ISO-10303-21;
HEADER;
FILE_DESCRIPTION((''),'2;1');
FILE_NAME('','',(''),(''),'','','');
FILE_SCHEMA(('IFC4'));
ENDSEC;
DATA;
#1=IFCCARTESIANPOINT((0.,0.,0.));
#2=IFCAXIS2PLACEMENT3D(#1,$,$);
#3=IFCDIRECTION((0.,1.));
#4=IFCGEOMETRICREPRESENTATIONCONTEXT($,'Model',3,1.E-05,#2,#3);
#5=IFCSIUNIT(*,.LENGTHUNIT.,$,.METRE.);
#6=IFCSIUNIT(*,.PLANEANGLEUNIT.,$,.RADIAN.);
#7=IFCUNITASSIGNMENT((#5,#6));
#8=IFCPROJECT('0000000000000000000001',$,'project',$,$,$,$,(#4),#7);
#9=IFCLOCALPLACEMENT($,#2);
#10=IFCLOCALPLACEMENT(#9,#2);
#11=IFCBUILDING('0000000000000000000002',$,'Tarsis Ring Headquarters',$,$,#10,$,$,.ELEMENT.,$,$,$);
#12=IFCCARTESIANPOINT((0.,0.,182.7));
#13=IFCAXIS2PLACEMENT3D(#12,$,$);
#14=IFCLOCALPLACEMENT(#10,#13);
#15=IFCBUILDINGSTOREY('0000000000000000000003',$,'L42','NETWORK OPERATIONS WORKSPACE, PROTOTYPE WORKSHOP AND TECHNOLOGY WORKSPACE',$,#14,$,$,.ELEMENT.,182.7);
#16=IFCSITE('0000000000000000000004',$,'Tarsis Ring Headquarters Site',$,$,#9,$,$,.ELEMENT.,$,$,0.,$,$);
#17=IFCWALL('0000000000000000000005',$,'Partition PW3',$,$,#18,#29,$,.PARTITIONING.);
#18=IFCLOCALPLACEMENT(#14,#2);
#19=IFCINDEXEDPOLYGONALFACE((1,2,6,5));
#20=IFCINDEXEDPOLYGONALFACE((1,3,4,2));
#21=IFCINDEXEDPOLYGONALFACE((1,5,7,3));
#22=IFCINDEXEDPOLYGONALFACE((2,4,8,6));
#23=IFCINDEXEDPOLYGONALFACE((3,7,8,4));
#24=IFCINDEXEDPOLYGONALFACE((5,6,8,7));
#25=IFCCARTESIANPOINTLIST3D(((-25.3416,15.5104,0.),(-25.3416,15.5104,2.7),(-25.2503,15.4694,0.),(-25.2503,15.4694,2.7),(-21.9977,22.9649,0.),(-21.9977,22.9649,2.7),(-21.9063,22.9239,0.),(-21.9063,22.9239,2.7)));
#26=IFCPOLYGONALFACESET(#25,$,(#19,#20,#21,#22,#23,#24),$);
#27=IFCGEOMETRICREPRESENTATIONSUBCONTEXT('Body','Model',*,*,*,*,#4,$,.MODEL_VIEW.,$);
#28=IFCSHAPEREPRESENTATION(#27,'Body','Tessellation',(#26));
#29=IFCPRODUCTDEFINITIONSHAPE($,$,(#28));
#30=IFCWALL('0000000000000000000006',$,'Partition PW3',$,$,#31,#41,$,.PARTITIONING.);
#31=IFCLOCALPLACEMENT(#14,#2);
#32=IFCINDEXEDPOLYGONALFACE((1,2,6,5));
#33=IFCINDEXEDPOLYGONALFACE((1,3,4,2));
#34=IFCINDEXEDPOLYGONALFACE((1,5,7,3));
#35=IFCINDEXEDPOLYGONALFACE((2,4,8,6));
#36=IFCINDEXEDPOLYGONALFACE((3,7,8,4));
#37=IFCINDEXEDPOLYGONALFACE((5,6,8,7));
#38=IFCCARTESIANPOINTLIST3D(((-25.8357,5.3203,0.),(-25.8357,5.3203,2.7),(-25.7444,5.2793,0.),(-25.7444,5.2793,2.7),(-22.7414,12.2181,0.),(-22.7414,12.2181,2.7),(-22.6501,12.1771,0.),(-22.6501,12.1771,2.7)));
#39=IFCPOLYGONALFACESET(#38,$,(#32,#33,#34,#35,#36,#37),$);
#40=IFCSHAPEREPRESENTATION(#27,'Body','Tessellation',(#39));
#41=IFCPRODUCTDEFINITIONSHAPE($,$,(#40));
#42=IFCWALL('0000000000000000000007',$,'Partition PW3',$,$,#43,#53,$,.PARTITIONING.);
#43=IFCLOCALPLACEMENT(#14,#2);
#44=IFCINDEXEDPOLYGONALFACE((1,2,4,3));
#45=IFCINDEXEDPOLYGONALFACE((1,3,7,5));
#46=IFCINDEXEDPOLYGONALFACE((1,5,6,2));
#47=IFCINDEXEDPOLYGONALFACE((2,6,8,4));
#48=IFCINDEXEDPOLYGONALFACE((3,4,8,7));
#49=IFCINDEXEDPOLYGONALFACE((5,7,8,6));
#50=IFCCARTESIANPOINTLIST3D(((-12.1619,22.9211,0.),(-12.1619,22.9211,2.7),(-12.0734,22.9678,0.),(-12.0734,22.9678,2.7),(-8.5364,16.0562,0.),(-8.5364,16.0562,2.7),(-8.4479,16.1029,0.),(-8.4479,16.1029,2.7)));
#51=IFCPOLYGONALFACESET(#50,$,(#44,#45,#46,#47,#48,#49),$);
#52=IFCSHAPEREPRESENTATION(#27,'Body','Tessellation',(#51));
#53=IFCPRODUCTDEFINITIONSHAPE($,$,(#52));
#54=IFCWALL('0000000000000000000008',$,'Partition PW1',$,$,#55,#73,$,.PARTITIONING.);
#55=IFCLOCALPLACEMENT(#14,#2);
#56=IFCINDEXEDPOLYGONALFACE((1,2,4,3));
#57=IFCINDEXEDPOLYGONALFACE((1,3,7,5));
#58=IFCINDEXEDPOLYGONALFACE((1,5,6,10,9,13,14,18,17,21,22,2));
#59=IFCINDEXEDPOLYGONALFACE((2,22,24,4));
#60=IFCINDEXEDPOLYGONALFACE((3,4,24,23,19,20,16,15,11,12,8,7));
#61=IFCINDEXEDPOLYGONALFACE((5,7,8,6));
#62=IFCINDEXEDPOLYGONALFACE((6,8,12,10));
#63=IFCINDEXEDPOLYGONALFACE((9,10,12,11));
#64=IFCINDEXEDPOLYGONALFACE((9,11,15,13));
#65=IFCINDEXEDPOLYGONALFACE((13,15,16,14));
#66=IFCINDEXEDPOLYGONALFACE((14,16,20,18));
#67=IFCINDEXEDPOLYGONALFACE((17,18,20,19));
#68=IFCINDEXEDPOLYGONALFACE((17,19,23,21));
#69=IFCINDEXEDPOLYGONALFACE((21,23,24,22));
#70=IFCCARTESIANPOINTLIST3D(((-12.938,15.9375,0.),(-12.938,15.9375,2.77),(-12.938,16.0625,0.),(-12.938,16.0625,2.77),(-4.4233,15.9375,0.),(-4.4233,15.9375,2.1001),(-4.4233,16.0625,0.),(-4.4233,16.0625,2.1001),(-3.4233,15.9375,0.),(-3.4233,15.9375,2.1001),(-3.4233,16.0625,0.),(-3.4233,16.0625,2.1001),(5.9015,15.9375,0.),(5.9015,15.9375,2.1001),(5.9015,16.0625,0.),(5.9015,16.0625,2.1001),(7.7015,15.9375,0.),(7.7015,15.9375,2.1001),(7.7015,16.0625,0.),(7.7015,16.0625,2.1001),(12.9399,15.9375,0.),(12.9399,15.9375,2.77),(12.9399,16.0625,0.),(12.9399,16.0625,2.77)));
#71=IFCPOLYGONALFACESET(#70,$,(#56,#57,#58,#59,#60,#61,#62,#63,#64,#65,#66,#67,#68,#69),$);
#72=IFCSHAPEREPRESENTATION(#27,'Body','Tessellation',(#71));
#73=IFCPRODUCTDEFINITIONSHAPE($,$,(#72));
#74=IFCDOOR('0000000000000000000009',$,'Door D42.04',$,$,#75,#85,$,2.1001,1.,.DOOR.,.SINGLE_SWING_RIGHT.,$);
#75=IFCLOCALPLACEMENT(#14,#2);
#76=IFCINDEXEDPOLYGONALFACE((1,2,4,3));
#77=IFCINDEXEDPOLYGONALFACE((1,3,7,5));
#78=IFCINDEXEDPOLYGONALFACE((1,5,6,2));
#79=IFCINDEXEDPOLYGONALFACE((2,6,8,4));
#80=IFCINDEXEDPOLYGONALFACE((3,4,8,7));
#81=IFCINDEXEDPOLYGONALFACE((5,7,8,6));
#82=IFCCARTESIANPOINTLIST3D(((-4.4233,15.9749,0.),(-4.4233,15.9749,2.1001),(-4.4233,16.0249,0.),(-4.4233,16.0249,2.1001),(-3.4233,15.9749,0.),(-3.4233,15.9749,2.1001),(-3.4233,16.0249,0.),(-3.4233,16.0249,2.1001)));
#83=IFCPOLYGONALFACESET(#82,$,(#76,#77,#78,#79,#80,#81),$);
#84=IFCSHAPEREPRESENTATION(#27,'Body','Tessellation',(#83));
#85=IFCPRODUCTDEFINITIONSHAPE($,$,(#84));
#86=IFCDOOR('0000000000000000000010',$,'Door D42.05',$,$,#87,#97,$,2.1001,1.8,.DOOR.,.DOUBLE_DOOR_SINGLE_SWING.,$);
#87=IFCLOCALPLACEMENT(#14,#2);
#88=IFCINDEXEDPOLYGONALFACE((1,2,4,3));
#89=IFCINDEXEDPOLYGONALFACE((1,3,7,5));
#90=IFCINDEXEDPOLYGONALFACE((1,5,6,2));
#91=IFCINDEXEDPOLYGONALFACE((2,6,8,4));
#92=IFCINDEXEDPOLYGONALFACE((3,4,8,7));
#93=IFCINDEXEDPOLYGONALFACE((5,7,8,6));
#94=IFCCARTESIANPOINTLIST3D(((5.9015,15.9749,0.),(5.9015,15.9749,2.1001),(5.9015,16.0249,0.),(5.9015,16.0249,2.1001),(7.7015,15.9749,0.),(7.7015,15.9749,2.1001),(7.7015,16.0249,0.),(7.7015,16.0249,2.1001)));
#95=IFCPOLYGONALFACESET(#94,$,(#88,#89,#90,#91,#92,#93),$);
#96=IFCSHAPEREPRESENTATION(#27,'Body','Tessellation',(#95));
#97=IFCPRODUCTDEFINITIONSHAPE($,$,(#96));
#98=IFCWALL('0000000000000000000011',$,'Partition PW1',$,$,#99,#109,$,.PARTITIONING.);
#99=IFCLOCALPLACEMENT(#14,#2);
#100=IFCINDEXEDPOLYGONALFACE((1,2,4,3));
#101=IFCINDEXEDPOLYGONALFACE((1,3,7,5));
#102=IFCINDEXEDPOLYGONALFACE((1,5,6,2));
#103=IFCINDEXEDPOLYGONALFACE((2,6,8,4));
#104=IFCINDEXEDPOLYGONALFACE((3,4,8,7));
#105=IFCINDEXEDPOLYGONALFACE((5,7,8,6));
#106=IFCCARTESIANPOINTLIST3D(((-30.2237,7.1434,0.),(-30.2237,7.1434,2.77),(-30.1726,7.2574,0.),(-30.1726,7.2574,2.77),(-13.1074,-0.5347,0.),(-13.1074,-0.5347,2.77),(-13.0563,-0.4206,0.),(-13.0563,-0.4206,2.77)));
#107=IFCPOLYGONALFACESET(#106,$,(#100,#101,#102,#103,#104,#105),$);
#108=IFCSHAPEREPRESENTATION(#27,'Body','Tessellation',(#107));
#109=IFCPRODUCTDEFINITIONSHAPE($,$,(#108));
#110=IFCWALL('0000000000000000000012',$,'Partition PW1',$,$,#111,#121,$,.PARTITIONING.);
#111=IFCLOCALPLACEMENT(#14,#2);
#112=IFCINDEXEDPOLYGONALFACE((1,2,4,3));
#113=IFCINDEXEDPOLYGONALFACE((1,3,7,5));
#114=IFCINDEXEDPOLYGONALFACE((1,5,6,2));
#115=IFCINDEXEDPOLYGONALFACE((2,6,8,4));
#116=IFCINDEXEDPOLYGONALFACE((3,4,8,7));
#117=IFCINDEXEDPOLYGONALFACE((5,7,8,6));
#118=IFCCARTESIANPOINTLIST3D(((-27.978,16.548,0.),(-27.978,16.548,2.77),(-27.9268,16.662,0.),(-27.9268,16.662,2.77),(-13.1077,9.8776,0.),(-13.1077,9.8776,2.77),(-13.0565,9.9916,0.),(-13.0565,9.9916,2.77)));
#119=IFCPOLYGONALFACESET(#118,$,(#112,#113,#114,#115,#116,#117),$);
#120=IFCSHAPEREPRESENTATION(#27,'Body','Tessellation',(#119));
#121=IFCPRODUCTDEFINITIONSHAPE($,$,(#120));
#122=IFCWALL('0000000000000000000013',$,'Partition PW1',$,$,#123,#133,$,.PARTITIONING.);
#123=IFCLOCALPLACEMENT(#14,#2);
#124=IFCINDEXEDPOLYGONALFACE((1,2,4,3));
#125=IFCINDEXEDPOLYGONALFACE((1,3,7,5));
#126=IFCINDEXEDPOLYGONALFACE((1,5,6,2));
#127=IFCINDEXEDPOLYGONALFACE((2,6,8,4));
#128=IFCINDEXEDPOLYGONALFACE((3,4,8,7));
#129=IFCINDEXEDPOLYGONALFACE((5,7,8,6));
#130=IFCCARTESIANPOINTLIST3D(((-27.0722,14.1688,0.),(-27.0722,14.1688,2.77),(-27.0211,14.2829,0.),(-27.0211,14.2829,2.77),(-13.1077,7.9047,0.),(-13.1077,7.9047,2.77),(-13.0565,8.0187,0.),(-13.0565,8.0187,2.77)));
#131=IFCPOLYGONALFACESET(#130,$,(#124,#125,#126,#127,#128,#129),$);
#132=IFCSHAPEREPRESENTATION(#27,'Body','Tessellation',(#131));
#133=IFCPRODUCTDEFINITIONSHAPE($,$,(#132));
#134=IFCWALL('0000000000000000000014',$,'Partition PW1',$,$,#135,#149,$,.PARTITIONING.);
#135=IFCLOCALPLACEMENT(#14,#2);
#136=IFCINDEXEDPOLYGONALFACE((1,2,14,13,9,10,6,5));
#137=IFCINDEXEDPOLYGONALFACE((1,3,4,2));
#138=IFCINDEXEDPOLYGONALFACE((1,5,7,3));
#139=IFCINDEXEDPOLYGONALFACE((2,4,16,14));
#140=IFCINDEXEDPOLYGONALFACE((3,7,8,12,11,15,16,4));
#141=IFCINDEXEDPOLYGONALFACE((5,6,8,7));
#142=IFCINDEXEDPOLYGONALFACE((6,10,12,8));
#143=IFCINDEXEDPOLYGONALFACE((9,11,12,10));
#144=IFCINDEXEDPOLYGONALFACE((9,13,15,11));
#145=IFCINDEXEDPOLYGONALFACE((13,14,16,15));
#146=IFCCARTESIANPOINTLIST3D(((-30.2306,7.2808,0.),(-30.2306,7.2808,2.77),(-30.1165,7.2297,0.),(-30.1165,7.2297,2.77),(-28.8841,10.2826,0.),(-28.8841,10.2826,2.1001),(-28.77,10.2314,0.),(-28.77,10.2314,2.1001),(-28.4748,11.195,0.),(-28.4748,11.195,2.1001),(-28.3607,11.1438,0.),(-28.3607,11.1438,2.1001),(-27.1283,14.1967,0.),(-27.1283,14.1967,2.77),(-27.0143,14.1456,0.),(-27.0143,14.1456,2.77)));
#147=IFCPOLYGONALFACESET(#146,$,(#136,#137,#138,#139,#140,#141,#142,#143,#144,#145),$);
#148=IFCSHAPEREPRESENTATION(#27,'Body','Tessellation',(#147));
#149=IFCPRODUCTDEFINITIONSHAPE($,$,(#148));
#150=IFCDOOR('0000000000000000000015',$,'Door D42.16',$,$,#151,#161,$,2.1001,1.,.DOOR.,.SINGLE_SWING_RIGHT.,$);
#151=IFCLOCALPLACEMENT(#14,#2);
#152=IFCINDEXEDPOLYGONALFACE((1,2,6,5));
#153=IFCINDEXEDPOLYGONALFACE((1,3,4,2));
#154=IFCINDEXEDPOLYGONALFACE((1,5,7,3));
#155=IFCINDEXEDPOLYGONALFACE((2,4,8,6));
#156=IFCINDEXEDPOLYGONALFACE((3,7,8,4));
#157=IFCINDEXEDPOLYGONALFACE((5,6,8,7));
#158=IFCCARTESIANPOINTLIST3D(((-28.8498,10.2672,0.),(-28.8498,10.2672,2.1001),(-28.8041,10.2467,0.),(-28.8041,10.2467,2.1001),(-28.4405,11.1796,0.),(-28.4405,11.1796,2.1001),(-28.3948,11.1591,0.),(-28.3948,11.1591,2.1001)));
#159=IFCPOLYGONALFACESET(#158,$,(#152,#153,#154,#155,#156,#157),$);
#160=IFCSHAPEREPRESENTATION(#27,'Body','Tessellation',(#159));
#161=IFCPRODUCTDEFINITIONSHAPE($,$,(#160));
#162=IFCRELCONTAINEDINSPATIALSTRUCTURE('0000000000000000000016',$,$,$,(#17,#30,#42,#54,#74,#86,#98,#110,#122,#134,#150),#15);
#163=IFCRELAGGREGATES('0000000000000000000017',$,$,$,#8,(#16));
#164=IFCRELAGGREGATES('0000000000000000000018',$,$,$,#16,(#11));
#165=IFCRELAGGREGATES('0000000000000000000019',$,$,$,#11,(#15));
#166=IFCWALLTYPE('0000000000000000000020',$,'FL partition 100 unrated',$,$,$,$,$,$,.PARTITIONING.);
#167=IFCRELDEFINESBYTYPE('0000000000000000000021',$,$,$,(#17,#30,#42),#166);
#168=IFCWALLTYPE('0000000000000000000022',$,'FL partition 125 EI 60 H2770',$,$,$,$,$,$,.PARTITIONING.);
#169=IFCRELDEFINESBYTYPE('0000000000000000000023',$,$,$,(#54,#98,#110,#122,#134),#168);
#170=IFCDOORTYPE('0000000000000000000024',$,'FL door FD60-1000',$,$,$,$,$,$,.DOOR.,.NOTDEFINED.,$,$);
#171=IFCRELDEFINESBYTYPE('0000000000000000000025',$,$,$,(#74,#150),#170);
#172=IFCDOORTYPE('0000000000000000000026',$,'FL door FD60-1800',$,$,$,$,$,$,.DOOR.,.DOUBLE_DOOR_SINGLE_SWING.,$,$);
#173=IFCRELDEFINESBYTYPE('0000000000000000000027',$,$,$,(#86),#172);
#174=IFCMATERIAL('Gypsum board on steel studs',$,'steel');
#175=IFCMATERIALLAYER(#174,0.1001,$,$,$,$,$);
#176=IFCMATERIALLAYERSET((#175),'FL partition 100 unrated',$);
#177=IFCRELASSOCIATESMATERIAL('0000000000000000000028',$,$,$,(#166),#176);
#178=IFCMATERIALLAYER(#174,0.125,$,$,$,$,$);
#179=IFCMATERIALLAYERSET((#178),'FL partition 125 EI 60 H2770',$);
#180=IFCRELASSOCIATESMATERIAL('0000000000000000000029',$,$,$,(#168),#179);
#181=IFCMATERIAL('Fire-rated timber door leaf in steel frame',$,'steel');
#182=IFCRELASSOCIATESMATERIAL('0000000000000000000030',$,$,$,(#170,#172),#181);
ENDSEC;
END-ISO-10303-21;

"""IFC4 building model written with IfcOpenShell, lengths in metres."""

from ifc_helpers import new_model, si_unit, direction, frame, frame_2d, origin, place, context, subcontext, project, spatial, rectangle, extrude, material, layer, layer_set, type_object, element, fill, save


model = new_model("IFC4")

# Units and contexts
model_context = context("Model", 3, precision=1e-05, world=origin(), true_north=direction((0.0, 1.0)))
body_context = subcontext(model_context, "Body", "Model", "MODEL_VIEW")
ifc_project = project(units=[si_unit("LENGTHUNIT", "METRE"), si_unit("PLANEANGLEUNIT", "RADIAN")], contexts=[model_context])

# Site, building, storey
site_placement = place(None, origin())
site = spatial("IfcSite", under=ifc_project, at=site_placement, Name="Tarsis Ring Headquarters Site", CompositionType="ELEMENT", RefElevation=0.0)
building_placement = place(site_placement, origin())
building = spatial("IfcBuilding", under=site, at=building_placement, Name="Tarsis Ring Headquarters", CompositionType="ELEMENT")
storey_placement = place(building_placement, frame((0.0, 0.0, 182.7)))
storey = spatial("IfcBuildingStorey", under=building, at=storey_placement, Name="L42", Description="NETWORK OPERATIONS WORKSPACE, PROTOTYPE WORKSHOP AND TECHNOLOGY WORKSPACE", CompositionType="ELEMENT", Elevation=182.7)

# Walls
ifc_material_1 = material(Name="Gypsum board on steel studs", Category="steel")
ifc_layer_1 = layer(ifc_material_1, 0.1001)
ifc_layer_set_1 = layer_set([ifc_layer_1], Name="FL partition 100 unrated")
wall_type_1 = type_object("IfcWallType", Name="FL partition 100 unrated", PredefinedType="PARTITIONING", material=ifc_layer_set_1)
wall_1_placement = place(storey_placement, frame((-25.2959, 15.49, 0.0), z_axis=(0.0, 0.0, 1.0), x_axis=(0.409288, 0.912405, 0.0)))
element("IfcWall", 1, at=wall_1_placement, inside=storey, type_object=wall_type_1, Name="Partition PW3", PredefinedType="PARTITIONING", context=body_context, shape_type="SweptSolid", body=[
    extrude(rectangle(XDim=8.1702, YDim=0.1001, at=frame_2d((4.085, 0.0))), origin(), (0.0, 0.0, 1.0), 2.7),
])
wall_2_placement = place(storey_placement, frame((-25.79, 5.2998, 0.0), z_axis=(0.0, 0.0, 1.0), x_axis=(0.409294, 0.912402, 0.0)))
element("IfcWall", 2, at=wall_2_placement, inside=storey, type_object=wall_type_1, Name="Partition PW3", PredefinedType="PARTITIONING", context=body_context, shape_type="SweptSolid", body=[
    extrude(rectangle(XDim=7.5601, YDim=0.1001, at=frame_2d((3.78, 0.0))), origin(), (0.0, 0.0, 1.0), 2.7),
])
wall_3_placement = place(storey_placement, frame((-12.1177, 22.9446, 0.0), z_axis=(0.0, 0.0, 1.0), x_axis=(0.46699, -0.884262, 0.0)))
element("IfcWall", 3, at=wall_3_placement, inside=storey, type_object=wall_type_1, Name="Partition PW3", PredefinedType="PARTITIONING", context=body_context, shape_type="SweptSolid", body=[
    extrude(rectangle(XDim=7.7634, YDim=0.1001, at=frame_2d((3.8818, 0.0))), origin(), (0.0, 0.0, 1.0), 2.7),
])

# Wall, openings, doors
ifc_layer_2 = layer(ifc_material_1, 0.125)
ifc_layer_set_2 = layer_set([ifc_layer_2], Name="FL partition 125 EI 60 H2770")
wall_type_2 = type_object("IfcWallType", Name="FL partition 125 EI 60 H2770", PredefinedType="PARTITIONING", material=ifc_layer_set_2)
wall_4_placement = place(storey_placement, frame((-12.938, 16.0, 0.0), z_axis=(0.0, 0.0, 1.0), x_axis=(1.0, 0.0, 0.0)))
wall_4 = element("IfcWall", 4, at=wall_4_placement, inside=storey, type_object=wall_type_2, Name="Partition PW1", PredefinedType="PARTITIONING", context=body_context, shape_type="SweptSolid", body=[
    extrude(rectangle(XDim=25.8779, YDim=0.125, at=frame_2d((12.939, 0.0))), origin(), (0.0, 0.0, 1.0), 2.77),
])
opening_1_placement = place(wall_4_placement, frame((8.5146, 0.0, 0.0)))
opening_1 = element("IfcOpeningElement", 5, at=opening_1_placement, cuts=wall_4, PredefinedType="OPENING", context=body_context, shape_type="SweptSolid", body=[
    extrude(rectangle(XDim=1.0, YDim=2.1001, at=frame_2d((0.5, 1.05))), frame((0.0, 0.0725, 0.0), z_axis=(0.0, -1.0, 0.0), x_axis=(1.0, 0.0, 0.0)), (0.0, 0.0, 1.0), 0.145),
])
opening_2_placement = place(wall_4_placement, frame((18.8396, 0.0, 0.0)))
opening_2 = element("IfcOpeningElement", 6, at=opening_2_placement, cuts=wall_4, PredefinedType="OPENING", context=body_context, shape_type="SweptSolid", body=[
    extrude(rectangle(XDim=1.8, YDim=2.1001, at=frame_2d((0.8999, 1.05))), frame((0.0, 0.0725, 0.0), z_axis=(0.0, -1.0, 0.0), x_axis=(1.0, 0.0, 0.0)), (0.0, 0.0, 1.0), 0.145),
])
ifc_material_2 = material(Name="Fire-rated timber door leaf in steel frame", Category="steel")
door_type_1 = type_object("IfcDoorType", Name="FL door FD60-1000", OperationType="NOTDEFINED", PredefinedType="DOOR", material=ifc_material_2)
door_1_placement = place(opening_1_placement, origin())
door_1 = element("IfcDoor", 7, at=door_1_placement, inside=storey, type_object=door_type_1, Name="Door D42.04", OperationType="SINGLE_SWING_RIGHT", OverallHeight=2.1001, OverallWidth=1.0, PredefinedType="DOOR", context=body_context, shape_type="SweptSolid", body=[
    extrude(rectangle(XDim=1.0, YDim=2.1001, at=frame_2d((0.5, 1.05))), frame((0.0, 0.0249, 0.0), z_axis=(0.0, -1.0, 0.0), x_axis=(1.0, 0.0, 0.0)), (0.0, 0.0, 1.0), 0.05),
])
fill(opening_1, door_1)
door_type_2 = type_object("IfcDoorType", Name="FL door FD60-1800", OperationType="DOUBLE_DOOR_SINGLE_SWING", PredefinedType="DOOR", material=ifc_material_2)
door_2_placement = place(opening_2_placement, origin())
door_2 = element("IfcDoor", 8, at=door_2_placement, inside=storey, type_object=door_type_2, Name="Door D42.05", OperationType="DOUBLE_DOOR_SINGLE_SWING", OverallHeight=2.1001, OverallWidth=1.8, PredefinedType="DOOR", context=body_context, shape_type="SweptSolid", body=[
    extrude(rectangle(XDim=1.8, YDim=2.1001, at=frame_2d((0.8999, 1.05))), frame((0.0, 0.0249, 0.0), z_axis=(0.0, -1.0, 0.0), x_axis=(1.0, 0.0, 0.0)), (0.0, 0.0, 1.0), 0.05),
])
fill(opening_2, door_2)

# Walls
wall_5_placement = place(storey_placement, frame((-30.1982, 7.2004, 0.0), z_axis=(0.0, 0.0, 1.0), x_axis=(0.912406, -0.409286, 0.0)))
element("IfcWall", 9, at=wall_5_placement, inside=storey, type_object=wall_type_2, Name="Partition PW1", PredefinedType="PARTITIONING", context=body_context, shape_type="SweptSolid", body=[
    extrude(rectangle(XDim=18.7595, YDim=0.125, at=frame_2d((9.3799, 0.0))), origin(), (0.0, 0.0, 1.0), 2.77),
])
wall_6_placement = place(storey_placement, frame((-27.9524, 16.605, 0.0), z_axis=(0.0, 0.0, 1.0), x_axis=(0.912409, -0.40928, 0.0)))
element("IfcWall", 10, at=wall_6_placement, inside=storey, type_object=wall_type_2, Name="Partition PW1", PredefinedType="PARTITIONING", context=body_context, shape_type="SweptSolid", body=[
    extrude(rectangle(XDim=16.2979, YDim=0.125, at=frame_2d((8.1489, 0.0))), origin(), (0.0, 0.0, 1.0), 2.77),
])
wall_7_placement = place(storey_placement, frame((-27.0466, 14.2258, 0.0), z_axis=(0.0, 0.0, 1.0), x_axis=(0.912408, -0.409283, 0.0)))
element("IfcWall", 11, at=wall_7_placement, inside=storey, type_object=wall_type_2, Name="Partition PW1", PredefinedType="PARTITIONING", context=body_context, shape_type="SweptSolid", body=[
    extrude(rectangle(XDim=15.3052, YDim=0.125, at=frame_2d((7.6526, 0.0))), origin(), (0.0, 0.0, 1.0), 2.77),
])

# Wall, opening, door
wall_8_placement = place(storey_placement, frame((-30.1736, 7.2551, 0.0), z_axis=(0.0, 0.0, 1.0), x_axis=(0.409277, 0.91241, 0.0)))
wall_8 = element("IfcWall", 12, at=wall_8_placement, inside=storey, type_object=wall_type_2, Name="Partition PW1", PredefinedType="PARTITIONING", context=body_context, shape_type="SweptSolid", body=[
    extrude(rectangle(XDim=7.5798, YDim=0.125, at=frame_2d((3.79, 0.0))), origin(), (0.0, 0.0, 1.0), 2.77),
])
opening_3_placement = place(wall_8_placement, frame((3.29, 0.0, 0.0)))
opening_3 = element("IfcOpeningElement", 13, at=opening_3_placement, cuts=wall_8, PredefinedType="OPENING", context=body_context, shape_type="SweptSolid", body=[
    extrude(rectangle(XDim=1.0, YDim=2.1001, at=frame_2d((0.5, 1.05))), frame((0.0, 0.0725, 0.0), z_axis=(0.0, -1.0, 0.0), x_axis=(1.0, 0.0, 0.0)), (0.0, 0.0, 1.0), 0.145),
])
door_3_placement = place(opening_3_placement, origin())
door_3 = element("IfcDoor", 14, at=door_3_placement, inside=storey, type_object=door_type_1, Name="Door D42.16", OperationType="SINGLE_SWING_RIGHT", OverallHeight=2.1001, OverallWidth=1.0, PredefinedType="DOOR", context=body_context, shape_type="SweptSolid", body=[
    extrude(rectangle(XDim=1.0, YDim=2.1001, at=frame_2d((0.5, 1.05))), frame((0.0, 0.0249, 0.0), z_axis=(0.0, -1.0, 0.0), x_axis=(1.0, 0.0, 0.0)), (0.0, 0.0, 1.0), 0.05),
])
fill(opening_3, door_3)

save(model, "model.ifc")
